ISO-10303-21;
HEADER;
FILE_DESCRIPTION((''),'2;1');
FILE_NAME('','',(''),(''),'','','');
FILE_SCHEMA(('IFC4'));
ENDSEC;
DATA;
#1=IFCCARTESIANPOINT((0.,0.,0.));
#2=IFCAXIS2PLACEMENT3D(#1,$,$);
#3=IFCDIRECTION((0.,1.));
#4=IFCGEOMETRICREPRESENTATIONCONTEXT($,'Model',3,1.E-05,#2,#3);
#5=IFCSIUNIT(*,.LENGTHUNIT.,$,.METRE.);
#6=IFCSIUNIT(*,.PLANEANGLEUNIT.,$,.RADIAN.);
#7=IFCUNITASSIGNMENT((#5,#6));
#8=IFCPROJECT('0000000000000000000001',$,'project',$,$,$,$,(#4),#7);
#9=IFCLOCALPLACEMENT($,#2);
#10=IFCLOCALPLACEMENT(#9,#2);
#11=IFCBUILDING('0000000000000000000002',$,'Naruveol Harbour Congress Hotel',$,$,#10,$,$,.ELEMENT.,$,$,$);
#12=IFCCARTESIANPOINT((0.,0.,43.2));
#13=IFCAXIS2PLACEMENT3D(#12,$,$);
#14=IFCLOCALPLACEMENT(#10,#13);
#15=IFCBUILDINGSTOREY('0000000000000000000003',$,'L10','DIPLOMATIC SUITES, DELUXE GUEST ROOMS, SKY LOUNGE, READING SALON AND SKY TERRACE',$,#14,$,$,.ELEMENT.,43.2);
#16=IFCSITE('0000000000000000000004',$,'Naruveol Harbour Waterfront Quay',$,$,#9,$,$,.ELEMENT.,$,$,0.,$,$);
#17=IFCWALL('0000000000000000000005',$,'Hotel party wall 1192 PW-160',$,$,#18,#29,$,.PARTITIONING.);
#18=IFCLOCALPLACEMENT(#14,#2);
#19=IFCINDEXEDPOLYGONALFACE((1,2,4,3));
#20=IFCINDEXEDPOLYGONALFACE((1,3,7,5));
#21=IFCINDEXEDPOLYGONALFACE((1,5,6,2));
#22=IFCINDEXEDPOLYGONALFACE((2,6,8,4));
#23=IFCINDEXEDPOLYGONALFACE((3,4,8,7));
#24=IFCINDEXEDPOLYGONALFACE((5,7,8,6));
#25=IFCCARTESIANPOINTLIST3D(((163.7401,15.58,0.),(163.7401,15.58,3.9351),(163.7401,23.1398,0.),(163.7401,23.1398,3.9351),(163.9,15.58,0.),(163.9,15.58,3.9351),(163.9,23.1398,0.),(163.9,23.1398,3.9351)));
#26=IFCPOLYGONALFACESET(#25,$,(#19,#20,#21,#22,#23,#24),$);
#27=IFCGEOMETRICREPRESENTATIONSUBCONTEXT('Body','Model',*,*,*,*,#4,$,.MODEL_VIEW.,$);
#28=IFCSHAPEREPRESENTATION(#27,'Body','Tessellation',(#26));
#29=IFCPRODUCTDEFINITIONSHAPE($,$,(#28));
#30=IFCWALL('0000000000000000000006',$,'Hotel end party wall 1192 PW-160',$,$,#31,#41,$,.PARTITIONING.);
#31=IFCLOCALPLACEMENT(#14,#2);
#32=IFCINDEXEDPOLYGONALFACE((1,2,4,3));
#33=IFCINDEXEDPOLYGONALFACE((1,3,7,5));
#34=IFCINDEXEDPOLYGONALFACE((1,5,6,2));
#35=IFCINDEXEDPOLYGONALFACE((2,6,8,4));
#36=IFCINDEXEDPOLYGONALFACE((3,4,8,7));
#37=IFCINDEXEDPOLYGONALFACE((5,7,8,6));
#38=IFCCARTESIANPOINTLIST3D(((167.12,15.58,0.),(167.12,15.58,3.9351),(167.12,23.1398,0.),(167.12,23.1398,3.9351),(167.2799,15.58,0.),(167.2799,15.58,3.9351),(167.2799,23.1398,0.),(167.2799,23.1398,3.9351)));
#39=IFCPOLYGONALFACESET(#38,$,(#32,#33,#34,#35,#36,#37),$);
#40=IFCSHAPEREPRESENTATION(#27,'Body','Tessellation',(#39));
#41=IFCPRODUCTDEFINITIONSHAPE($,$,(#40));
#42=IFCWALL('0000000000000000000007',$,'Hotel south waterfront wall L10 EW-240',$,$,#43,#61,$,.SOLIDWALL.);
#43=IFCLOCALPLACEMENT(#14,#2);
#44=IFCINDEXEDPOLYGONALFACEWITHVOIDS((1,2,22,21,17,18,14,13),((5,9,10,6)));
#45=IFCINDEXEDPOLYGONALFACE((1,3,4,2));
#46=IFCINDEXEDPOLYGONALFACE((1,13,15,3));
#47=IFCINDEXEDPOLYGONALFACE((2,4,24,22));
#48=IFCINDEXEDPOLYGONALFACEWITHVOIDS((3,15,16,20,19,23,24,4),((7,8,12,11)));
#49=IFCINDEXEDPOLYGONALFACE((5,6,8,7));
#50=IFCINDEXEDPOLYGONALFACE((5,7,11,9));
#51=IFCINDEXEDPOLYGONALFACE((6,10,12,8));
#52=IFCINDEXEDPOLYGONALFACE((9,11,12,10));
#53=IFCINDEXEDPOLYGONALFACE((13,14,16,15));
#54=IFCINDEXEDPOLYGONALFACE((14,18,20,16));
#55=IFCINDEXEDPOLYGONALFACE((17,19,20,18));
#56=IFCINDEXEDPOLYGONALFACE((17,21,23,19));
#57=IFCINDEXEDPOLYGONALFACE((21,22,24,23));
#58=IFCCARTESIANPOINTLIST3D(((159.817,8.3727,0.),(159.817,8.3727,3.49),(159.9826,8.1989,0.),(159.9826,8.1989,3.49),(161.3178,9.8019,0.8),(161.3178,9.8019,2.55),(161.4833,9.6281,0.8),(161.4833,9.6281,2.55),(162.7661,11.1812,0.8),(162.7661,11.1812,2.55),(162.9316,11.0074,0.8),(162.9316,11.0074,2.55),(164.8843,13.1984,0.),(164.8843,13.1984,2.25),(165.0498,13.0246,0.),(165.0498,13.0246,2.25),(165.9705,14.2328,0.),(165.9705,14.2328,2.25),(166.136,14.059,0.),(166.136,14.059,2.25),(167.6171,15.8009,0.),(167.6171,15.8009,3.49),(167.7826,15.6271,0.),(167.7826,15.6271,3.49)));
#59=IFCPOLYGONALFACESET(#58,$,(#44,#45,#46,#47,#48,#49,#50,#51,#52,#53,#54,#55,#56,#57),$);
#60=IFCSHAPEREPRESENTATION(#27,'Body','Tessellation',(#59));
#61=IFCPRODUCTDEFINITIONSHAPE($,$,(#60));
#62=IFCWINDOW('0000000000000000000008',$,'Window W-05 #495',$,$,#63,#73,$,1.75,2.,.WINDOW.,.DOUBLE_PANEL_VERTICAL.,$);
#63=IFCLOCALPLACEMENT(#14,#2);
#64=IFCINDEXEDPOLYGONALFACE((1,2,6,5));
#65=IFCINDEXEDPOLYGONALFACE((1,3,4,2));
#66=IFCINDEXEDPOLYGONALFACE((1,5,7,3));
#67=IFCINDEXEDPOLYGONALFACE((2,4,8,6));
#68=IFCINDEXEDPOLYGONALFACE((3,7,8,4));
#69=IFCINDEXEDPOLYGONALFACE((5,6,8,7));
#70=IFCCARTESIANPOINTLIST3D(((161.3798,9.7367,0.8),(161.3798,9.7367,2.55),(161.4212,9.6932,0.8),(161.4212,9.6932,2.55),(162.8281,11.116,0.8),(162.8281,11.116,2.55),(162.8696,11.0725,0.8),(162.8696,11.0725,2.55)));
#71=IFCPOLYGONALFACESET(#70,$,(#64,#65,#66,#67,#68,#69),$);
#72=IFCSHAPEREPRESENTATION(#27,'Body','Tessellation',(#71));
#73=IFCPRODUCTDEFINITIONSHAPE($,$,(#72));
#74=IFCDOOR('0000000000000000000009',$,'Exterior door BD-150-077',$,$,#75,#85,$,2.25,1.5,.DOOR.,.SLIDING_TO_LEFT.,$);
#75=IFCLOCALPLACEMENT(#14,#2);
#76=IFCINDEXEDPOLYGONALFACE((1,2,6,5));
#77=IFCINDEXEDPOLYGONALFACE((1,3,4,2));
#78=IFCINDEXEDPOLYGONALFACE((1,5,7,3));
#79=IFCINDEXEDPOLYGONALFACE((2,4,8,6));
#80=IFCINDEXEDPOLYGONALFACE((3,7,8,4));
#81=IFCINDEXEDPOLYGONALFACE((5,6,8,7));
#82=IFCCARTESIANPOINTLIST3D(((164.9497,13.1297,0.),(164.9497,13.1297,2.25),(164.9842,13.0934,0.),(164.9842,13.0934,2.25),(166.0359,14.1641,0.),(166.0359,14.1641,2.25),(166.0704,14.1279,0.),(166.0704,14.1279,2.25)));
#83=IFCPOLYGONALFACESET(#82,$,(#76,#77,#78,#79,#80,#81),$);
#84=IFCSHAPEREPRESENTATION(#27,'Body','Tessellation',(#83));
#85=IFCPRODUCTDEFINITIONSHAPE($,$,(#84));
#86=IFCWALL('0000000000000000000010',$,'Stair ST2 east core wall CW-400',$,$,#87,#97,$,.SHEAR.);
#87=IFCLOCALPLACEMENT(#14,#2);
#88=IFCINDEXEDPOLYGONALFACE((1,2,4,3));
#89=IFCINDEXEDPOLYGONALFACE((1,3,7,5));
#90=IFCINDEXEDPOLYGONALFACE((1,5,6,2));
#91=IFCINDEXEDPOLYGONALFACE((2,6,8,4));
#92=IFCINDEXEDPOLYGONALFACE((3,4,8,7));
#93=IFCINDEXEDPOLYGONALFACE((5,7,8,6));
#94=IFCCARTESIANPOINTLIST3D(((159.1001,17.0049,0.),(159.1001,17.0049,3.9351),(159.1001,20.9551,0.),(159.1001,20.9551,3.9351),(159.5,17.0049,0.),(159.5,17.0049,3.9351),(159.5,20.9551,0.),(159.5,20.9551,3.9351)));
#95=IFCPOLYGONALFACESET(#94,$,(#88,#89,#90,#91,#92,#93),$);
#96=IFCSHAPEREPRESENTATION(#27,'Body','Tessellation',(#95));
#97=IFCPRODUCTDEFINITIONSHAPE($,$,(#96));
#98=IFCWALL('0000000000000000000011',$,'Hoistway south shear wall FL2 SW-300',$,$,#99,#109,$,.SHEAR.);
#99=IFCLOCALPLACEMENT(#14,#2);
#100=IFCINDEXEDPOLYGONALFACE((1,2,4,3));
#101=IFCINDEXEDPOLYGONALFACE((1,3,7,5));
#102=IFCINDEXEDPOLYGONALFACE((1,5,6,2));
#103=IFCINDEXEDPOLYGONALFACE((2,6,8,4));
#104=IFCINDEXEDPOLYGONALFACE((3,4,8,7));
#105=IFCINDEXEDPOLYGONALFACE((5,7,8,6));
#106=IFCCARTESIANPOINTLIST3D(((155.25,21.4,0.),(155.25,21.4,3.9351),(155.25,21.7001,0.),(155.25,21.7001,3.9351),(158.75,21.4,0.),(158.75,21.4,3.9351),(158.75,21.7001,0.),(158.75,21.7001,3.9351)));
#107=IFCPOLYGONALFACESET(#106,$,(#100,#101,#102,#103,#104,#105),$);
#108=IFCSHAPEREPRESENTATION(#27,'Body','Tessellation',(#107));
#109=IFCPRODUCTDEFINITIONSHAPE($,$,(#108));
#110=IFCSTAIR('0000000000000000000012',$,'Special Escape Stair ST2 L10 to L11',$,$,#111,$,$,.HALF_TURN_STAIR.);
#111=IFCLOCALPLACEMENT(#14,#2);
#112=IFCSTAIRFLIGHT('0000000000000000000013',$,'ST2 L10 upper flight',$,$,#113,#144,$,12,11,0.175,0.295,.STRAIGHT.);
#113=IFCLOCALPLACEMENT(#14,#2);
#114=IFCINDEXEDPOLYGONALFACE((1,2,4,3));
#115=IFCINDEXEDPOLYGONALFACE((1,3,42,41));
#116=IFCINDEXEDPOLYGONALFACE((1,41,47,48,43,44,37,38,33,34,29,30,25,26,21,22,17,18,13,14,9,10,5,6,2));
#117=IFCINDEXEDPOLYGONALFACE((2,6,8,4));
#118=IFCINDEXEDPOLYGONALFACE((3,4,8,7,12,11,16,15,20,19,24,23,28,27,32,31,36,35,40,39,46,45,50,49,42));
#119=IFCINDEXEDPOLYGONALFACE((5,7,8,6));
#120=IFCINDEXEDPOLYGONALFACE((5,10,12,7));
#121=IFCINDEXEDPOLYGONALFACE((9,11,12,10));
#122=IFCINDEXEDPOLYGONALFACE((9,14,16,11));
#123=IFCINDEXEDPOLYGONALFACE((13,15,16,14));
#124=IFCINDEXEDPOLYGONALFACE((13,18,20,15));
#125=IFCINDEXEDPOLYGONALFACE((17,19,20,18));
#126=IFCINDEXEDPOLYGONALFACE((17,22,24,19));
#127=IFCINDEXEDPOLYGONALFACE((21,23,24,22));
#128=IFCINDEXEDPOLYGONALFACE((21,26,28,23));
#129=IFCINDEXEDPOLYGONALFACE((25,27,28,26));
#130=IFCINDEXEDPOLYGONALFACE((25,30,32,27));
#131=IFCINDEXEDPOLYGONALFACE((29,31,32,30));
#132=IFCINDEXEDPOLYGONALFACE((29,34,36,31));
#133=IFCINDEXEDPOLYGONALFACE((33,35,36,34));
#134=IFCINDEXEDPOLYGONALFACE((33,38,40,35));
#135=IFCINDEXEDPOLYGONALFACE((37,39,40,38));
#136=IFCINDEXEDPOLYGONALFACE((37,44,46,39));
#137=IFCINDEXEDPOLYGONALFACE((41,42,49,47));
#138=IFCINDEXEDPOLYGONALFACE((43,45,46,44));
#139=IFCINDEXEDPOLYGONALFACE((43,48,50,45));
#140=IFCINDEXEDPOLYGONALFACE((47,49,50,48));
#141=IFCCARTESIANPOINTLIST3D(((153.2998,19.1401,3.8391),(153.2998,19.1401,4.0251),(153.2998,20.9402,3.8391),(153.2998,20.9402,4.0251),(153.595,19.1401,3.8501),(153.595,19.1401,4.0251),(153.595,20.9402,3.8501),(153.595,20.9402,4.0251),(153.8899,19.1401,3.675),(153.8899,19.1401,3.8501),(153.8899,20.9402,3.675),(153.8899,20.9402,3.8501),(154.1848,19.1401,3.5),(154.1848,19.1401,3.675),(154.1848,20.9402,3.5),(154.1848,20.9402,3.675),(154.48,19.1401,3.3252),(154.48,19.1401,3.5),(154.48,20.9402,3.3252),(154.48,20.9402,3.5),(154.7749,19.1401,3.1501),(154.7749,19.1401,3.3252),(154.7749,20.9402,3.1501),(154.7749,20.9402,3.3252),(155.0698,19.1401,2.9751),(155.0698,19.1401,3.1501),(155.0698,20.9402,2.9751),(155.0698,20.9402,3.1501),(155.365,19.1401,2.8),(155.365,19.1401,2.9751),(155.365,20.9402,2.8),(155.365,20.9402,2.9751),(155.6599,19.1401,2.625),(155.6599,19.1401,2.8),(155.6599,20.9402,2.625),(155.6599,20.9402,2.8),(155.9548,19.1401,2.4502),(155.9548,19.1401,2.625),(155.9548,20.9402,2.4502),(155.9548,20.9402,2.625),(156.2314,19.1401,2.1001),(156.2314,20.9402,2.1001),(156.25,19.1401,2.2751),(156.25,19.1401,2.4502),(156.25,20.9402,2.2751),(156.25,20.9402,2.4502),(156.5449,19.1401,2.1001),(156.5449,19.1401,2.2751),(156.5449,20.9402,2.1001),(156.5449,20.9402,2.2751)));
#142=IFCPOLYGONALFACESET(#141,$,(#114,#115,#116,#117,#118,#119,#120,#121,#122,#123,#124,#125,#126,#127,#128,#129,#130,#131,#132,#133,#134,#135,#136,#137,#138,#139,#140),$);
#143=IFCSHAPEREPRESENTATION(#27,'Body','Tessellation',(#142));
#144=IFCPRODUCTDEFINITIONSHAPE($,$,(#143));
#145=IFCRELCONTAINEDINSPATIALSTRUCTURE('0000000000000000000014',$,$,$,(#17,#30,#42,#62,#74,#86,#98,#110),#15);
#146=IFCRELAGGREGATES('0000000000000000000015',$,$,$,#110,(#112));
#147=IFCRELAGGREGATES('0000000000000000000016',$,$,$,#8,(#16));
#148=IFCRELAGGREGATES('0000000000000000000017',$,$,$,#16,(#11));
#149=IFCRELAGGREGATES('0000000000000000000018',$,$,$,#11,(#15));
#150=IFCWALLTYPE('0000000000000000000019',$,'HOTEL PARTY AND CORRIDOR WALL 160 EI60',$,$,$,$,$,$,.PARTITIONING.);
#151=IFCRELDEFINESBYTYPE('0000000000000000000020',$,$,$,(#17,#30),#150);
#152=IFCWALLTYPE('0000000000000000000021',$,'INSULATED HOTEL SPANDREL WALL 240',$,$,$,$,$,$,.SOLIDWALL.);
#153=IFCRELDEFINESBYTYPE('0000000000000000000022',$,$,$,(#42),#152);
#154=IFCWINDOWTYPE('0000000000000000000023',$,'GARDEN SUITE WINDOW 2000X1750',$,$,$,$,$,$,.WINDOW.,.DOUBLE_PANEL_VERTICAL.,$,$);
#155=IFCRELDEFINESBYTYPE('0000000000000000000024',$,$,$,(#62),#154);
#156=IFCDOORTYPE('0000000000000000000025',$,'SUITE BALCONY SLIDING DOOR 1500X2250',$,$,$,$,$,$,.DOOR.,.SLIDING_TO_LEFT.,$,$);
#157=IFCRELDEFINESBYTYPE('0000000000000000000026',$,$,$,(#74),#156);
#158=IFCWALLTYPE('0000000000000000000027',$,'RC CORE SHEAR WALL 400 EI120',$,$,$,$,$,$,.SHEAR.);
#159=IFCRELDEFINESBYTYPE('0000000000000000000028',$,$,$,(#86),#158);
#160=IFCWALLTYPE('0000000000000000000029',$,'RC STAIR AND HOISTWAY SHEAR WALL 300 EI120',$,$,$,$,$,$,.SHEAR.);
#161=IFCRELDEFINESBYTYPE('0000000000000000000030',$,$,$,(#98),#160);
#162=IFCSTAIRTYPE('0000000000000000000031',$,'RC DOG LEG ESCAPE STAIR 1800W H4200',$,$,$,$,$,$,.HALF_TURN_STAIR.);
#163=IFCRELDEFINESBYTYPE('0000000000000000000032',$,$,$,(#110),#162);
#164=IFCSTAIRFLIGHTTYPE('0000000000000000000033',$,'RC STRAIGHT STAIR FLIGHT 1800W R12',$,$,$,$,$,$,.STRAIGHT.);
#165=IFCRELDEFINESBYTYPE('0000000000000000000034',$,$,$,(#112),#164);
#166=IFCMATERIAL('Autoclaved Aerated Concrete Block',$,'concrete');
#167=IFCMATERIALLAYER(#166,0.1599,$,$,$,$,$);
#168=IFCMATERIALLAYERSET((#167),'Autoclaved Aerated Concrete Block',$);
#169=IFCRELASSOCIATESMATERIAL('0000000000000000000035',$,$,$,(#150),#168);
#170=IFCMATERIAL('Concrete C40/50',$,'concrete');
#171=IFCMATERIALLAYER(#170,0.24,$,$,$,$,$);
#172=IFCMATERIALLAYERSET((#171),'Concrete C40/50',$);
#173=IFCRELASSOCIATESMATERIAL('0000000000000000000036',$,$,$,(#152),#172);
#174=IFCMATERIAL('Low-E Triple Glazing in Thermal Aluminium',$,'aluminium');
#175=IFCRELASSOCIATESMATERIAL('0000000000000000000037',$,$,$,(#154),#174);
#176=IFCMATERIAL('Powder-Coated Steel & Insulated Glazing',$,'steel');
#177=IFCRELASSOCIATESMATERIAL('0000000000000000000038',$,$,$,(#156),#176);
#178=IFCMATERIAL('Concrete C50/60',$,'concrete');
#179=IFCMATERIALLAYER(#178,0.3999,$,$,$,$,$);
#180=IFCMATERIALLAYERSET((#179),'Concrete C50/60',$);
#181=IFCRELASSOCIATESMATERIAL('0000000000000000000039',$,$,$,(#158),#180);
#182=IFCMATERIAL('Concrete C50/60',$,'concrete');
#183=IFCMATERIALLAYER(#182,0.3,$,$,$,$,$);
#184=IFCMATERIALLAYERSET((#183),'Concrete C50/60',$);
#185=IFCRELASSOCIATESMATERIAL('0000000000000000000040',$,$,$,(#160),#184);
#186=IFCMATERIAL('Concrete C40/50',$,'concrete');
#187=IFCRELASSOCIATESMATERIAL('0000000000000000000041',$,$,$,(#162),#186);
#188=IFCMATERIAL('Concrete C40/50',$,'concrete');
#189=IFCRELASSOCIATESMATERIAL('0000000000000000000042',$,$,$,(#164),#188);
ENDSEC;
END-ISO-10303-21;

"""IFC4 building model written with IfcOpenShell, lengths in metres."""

from ifc_helpers import new_model, si_unit, direction, frame, frame_2d, origin, place, context, subcontext, project, spatial, polyline, rectangle, outline, extrude, material, layer, layer_set, type_object, element, fill, aggregate, save


model = new_model("IFC4")

# Units and contexts
model_context = context("Model", 3, precision=1e-05, world=origin(), true_north=direction((0.0, 1.0)))
body_context = subcontext(model_context, "Body", "Model", "MODEL_VIEW")
ifc_project = project(units=[si_unit("LENGTHUNIT", "METRE"), si_unit("PLANEANGLEUNIT", "RADIAN")], contexts=[model_context])

# Site, building, storey
site_placement = place(None, origin())
site = spatial("IfcSite", under=ifc_project, at=site_placement, Name="Naruveol Harbour Waterfront Quay", CompositionType="ELEMENT", RefElevation=0.0)
building_placement = place(site_placement, origin())
building = spatial("IfcBuilding", under=site, at=building_placement, Name="Naruveol Harbour Congress Hotel", CompositionType="ELEMENT")
storey_placement = place(building_placement, frame((0.0, 0.0, 43.2)))
storey = spatial("IfcBuildingStorey", under=building, at=storey_placement, Name="L10", Description="DIPLOMATIC SUITES, DELUXE GUEST ROOMS, SKY LOUNGE, READING SALON AND SKY TERRACE", CompositionType="ELEMENT", Elevation=43.2)

# Walls
ifc_material_1 = material(Name="Autoclaved Aerated Concrete Block", Category="concrete")
ifc_layer_1 = layer(ifc_material_1, 0.1599)
ifc_layer_set_1 = layer_set([ifc_layer_1], Name="Autoclaved Aerated Concrete Block")
wall_type_1 = type_object("IfcWallType", Name="HOTEL PARTY AND CORRIDOR WALL 160 EI60", PredefinedType="PARTITIONING", material=ifc_layer_set_1)
for number, where, z_axis, x_axis, name in (
    (1, (163.8201, 15.5801, 0.0), (0.0, 0.0, 1.0), (0.0, 1.0, 0.0), "Hotel party wall 1192 PW-160"),
    (2, (167.2, 15.5801, 0.0), (0.0, 0.0, 1.0), (0.0, 1.0, 0.0), "Hotel end party wall 1192 PW-160"),
):
    element("IfcWall", number, at=place(storey_placement, frame(where, z_axis=z_axis, x_axis=x_axis)), inside=storey, type_object=wall_type_1, Name=name, PredefinedType="PARTITIONING", context=body_context, shape_type="SweptSolid", body=[
        extrude(rectangle(XDim=7.5598, YDim=0.1599, at=frame_2d((3.7798, 0.0))), origin(), (0.0, 0.0, 1.0), 3.9351),
    ])

# Wall, openings, window, door
ifc_material_2 = material(Name="Concrete C40/50", Category="concrete")
ifc_layer_2 = layer(ifc_material_2, 0.24)
ifc_layer_set_2 = layer_set([ifc_layer_2], Name="Concrete C40/50")
wall_type_2 = type_object("IfcWallType", Name="INSULATED HOTEL SPANDREL WALL 240", PredefinedType="SOLIDWALL", material=ifc_layer_set_2)
wall_1_placement = place(storey_placement, frame((167.7, 15.7141, 0.0), z_axis=(0.0, 0.0, 1.0), x_axis=(-0.724156, -0.689636, 0.0)))
wall_1 = element("IfcWall", 3, at=wall_1_placement, inside=storey, type_object=wall_type_2, Name="Hotel south waterfront wall L10 EW-240", PredefinedType="SOLIDWALL", context=body_context, shape_type="SweptSolid", body=[
    extrude(rectangle(XDim=10.7712, YDim=0.24, at=frame_2d((5.3857, 0.0))), origin(), (0.0, 0.0, 1.0), 3.49),
])
opening_1_placement = place(wall_1_placement, frame((2.2739, 0.0, 0.0)))
opening_1 = element("IfcOpeningElement", 4, at=opening_1_placement, cuts=wall_1, PredefinedType="OPENING", context=body_context, shape_type="SweptSolid", body=[
    extrude(rectangle(XDim=1.5, YDim=2.25, at=frame_2d((0.75, 1.125))), frame((0.0, 0.1299, 0.0), z_axis=(0.0, -1.0, 0.0), x_axis=(1.0, 0.0, 0.0)), (0.0, 0.0, 1.0), 0.26),
])
opening_2_placement = place(wall_1_placement, frame((6.699, 0.0, 0.8)))
opening_2 = element("IfcOpeningElement", 5, at=opening_2_placement, cuts=wall_1, PredefinedType="OPENING", context=body_context, shape_type="SweptSolid", body=[
    extrude(rectangle(XDim=2.0, YDim=1.75, at=frame_2d((1.0, 0.875))), frame((0.0, 0.1299, 0.0), z_axis=(0.0, -1.0, 0.0), x_axis=(1.0, 0.0, 0.0)), (0.0, 0.0, 1.0), 0.26),
])
ifc_material_3 = material(Name="Low-E Triple Glazing in Thermal Aluminium", Category="aluminium")
window_type = type_object("IfcWindowType", Name="GARDEN SUITE WINDOW 2000X1750", PartitioningType="DOUBLE_PANEL_VERTICAL", PredefinedType="WINDOW", material=ifc_material_3)
window_placement = place(opening_2_placement, origin())
window = element("IfcWindow", 6, at=window_placement, inside=storey, type_object=window_type, Name="Window W-05 #495", OverallHeight=1.75, OverallWidth=2.0, PartitioningType="DOUBLE_PANEL_VERTICAL", PredefinedType="WINDOW", context=body_context, shape_type="SweptSolid", body=[
    extrude(rectangle(XDim=2.0, YDim=1.75, at=frame_2d((1.0, 0.875))), frame((0.0, 0.03, 0.0), z_axis=(0.0, -1.0, 0.0), x_axis=(1.0, 0.0, 0.0)), (0.0, 0.0, 1.0), 0.0601),
])
fill(opening_2, window)
ifc_material_4 = material(Name="Powder-Coated Steel & Insulated Glazing", Category="steel")
door_type_1 = type_object("IfcDoorType", Name="SUITE BALCONY SLIDING DOOR 1500X2250", OperationType="SLIDING_TO_LEFT", PredefinedType="DOOR", material=ifc_material_4)
door_1_placement = place(opening_1_placement, origin())
door_1 = element("IfcDoor", 7, at=door_1_placement, inside=storey, type_object=door_type_1, Name="Exterior door BD-150-077", OperationType="SLIDING_TO_LEFT", OverallHeight=2.25, OverallWidth=1.5, PredefinedType="DOOR", context=body_context, shape_type="SweptSolid", body=[
    extrude(rectangle(XDim=1.5, YDim=2.25, at=frame_2d((0.75, 1.125))), frame((0.0, 0.0249, 0.0), z_axis=(0.0, -1.0, 0.0), x_axis=(1.0, 0.0, 0.0)), (0.0, 0.0, 1.0), 0.05),
])
fill(opening_1, door_1)

# Walls
ifc_material_5 = material(Name="Concrete C50/60", Category="concrete")
ifc_layer_3 = layer(ifc_material_5, 0.3999)
ifc_layer_set_3 = layer_set([ifc_layer_3], Name="Concrete C50/60")
wall_type_3 = type_object("IfcWallType", Name="RC CORE SHEAR WALL 400 EI120", PredefinedType="SHEAR", material=ifc_layer_set_3)
wall_2_placement = place(storey_placement, frame((159.3, 17.0049, 0.0), z_axis=(0.0, 0.0, 1.0), x_axis=(0.0, 1.0, 0.0)))
element("IfcWall", 8, at=wall_2_placement, inside=storey, type_object=wall_type_3, Name="Stair ST2 east core wall CW-400", PredefinedType="SHEAR", context=body_context, shape_type="SweptSolid", body=[
    extrude(rectangle(XDim=3.9502, YDim=0.3999, at=frame_2d((1.9751, 0.0))), origin(), (0.0, 0.0, 1.0), 3.9351),
])
ifc_material_6 = material(Name="Concrete C50/60", Category="concrete")
ifc_layer_4 = layer(ifc_material_6, 0.3)
ifc_layer_set_4 = layer_set([ifc_layer_4], Name="Concrete C50/60")
wall_type_4 = type_object("IfcWallType", Name="RC STAIR AND HOISTWAY SHEAR WALL 300 EI120", PredefinedType="SHEAR", material=ifc_layer_set_4)
wall_3_placement = place(storey_placement, frame((155.25, 21.55, 0.0), z_axis=(0.0, 0.0, 1.0), x_axis=(1.0, 0.0, 0.0)))
element("IfcWall", 9, at=wall_3_placement, inside=storey, type_object=wall_type_4, Name="Hoistway south shear wall FL2 SW-300", PredefinedType="SHEAR", context=body_context, shape_type="SweptSolid", body=[
    extrude(rectangle(XDim=3.5, YDim=0.3, at=frame_2d((1.75, 0.0))), origin(), (0.0, 0.0, 1.0), 3.9351),
])

# Stair, stair flight
ifc_material_7 = material(Name="Concrete C40/50", Category="concrete")
stair_type = type_object("IfcStairType", Name="RC DOG LEG ESCAPE STAIR 1800W H4200", PredefinedType="HALF_TURN_STAIR", material=ifc_material_7)
stair_placement = place(storey_placement, origin())
stair = element("IfcStair", 10, at=stair_placement, inside=storey, type_object=stair_type, Name="Special Escape Stair ST2 L10 to L11", PredefinedType="HALF_TURN_STAIR")
ifc_material_8 = material(Name="Concrete C40/50", Category="concrete")
stair_flight_type = type_object("IfcStairFlightType", Name="RC STRAIGHT STAIR FLIGHT 1800W R12", PredefinedType="STRAIGHT", material=ifc_material_8)
stair_flight_placement = place(storey_placement, frame((156.5449, 20.04, 2.1001), z_axis=(0.0, 0.0, 1.0), x_axis=(-1.0, 0.0, 0.0)))
stair_flight = element("IfcStairFlight", 11, at=stair_flight_placement, type_object=stair_flight_type, Name="ST2 L10 upper flight", NumberOfRisers=12, NumberOfTreads=11, PredefinedType="STRAIGHT", RiserHeight=0.175, TreadLength=0.295, context=body_context, shape_type="SweptSolid", body=[
    extrude(outline(polyline([(0.0, 0.0), (0.0, 0.175), (0.2949, 0.175), (0.2949, 0.3501), (0.5901, 0.3501), (0.5901, 0.5249), (0.885, 0.5249), (0.885, 0.7), (1.1799, 0.7), (1.1799, 0.875), (1.4751, 0.875), (1.4751, 1.05), (1.77, 1.05), (1.77, 1.2251), (2.0649, 1.2251), (2.0649, 1.3999), (2.3601, 1.3999), (2.3601, 1.575), (2.655, 1.575), (2.655, 1.75), (2.95, 1.75), (2.95, 1.925), (3.2451, 1.925), (3.2451, 2.1001), (3.2451, 1.739), (0.3135, 0.0), (0.0, 0.0)])), frame((0.0, 0.8999, 0.0), z_axis=(0.0, -1.0, 0.0), x_axis=(1.0, 0.0, 0.0)), (0.0, 0.0, 1.0), 1.8),
])
aggregate(stair, [stair_flight])

save(model, "model.ifc")
